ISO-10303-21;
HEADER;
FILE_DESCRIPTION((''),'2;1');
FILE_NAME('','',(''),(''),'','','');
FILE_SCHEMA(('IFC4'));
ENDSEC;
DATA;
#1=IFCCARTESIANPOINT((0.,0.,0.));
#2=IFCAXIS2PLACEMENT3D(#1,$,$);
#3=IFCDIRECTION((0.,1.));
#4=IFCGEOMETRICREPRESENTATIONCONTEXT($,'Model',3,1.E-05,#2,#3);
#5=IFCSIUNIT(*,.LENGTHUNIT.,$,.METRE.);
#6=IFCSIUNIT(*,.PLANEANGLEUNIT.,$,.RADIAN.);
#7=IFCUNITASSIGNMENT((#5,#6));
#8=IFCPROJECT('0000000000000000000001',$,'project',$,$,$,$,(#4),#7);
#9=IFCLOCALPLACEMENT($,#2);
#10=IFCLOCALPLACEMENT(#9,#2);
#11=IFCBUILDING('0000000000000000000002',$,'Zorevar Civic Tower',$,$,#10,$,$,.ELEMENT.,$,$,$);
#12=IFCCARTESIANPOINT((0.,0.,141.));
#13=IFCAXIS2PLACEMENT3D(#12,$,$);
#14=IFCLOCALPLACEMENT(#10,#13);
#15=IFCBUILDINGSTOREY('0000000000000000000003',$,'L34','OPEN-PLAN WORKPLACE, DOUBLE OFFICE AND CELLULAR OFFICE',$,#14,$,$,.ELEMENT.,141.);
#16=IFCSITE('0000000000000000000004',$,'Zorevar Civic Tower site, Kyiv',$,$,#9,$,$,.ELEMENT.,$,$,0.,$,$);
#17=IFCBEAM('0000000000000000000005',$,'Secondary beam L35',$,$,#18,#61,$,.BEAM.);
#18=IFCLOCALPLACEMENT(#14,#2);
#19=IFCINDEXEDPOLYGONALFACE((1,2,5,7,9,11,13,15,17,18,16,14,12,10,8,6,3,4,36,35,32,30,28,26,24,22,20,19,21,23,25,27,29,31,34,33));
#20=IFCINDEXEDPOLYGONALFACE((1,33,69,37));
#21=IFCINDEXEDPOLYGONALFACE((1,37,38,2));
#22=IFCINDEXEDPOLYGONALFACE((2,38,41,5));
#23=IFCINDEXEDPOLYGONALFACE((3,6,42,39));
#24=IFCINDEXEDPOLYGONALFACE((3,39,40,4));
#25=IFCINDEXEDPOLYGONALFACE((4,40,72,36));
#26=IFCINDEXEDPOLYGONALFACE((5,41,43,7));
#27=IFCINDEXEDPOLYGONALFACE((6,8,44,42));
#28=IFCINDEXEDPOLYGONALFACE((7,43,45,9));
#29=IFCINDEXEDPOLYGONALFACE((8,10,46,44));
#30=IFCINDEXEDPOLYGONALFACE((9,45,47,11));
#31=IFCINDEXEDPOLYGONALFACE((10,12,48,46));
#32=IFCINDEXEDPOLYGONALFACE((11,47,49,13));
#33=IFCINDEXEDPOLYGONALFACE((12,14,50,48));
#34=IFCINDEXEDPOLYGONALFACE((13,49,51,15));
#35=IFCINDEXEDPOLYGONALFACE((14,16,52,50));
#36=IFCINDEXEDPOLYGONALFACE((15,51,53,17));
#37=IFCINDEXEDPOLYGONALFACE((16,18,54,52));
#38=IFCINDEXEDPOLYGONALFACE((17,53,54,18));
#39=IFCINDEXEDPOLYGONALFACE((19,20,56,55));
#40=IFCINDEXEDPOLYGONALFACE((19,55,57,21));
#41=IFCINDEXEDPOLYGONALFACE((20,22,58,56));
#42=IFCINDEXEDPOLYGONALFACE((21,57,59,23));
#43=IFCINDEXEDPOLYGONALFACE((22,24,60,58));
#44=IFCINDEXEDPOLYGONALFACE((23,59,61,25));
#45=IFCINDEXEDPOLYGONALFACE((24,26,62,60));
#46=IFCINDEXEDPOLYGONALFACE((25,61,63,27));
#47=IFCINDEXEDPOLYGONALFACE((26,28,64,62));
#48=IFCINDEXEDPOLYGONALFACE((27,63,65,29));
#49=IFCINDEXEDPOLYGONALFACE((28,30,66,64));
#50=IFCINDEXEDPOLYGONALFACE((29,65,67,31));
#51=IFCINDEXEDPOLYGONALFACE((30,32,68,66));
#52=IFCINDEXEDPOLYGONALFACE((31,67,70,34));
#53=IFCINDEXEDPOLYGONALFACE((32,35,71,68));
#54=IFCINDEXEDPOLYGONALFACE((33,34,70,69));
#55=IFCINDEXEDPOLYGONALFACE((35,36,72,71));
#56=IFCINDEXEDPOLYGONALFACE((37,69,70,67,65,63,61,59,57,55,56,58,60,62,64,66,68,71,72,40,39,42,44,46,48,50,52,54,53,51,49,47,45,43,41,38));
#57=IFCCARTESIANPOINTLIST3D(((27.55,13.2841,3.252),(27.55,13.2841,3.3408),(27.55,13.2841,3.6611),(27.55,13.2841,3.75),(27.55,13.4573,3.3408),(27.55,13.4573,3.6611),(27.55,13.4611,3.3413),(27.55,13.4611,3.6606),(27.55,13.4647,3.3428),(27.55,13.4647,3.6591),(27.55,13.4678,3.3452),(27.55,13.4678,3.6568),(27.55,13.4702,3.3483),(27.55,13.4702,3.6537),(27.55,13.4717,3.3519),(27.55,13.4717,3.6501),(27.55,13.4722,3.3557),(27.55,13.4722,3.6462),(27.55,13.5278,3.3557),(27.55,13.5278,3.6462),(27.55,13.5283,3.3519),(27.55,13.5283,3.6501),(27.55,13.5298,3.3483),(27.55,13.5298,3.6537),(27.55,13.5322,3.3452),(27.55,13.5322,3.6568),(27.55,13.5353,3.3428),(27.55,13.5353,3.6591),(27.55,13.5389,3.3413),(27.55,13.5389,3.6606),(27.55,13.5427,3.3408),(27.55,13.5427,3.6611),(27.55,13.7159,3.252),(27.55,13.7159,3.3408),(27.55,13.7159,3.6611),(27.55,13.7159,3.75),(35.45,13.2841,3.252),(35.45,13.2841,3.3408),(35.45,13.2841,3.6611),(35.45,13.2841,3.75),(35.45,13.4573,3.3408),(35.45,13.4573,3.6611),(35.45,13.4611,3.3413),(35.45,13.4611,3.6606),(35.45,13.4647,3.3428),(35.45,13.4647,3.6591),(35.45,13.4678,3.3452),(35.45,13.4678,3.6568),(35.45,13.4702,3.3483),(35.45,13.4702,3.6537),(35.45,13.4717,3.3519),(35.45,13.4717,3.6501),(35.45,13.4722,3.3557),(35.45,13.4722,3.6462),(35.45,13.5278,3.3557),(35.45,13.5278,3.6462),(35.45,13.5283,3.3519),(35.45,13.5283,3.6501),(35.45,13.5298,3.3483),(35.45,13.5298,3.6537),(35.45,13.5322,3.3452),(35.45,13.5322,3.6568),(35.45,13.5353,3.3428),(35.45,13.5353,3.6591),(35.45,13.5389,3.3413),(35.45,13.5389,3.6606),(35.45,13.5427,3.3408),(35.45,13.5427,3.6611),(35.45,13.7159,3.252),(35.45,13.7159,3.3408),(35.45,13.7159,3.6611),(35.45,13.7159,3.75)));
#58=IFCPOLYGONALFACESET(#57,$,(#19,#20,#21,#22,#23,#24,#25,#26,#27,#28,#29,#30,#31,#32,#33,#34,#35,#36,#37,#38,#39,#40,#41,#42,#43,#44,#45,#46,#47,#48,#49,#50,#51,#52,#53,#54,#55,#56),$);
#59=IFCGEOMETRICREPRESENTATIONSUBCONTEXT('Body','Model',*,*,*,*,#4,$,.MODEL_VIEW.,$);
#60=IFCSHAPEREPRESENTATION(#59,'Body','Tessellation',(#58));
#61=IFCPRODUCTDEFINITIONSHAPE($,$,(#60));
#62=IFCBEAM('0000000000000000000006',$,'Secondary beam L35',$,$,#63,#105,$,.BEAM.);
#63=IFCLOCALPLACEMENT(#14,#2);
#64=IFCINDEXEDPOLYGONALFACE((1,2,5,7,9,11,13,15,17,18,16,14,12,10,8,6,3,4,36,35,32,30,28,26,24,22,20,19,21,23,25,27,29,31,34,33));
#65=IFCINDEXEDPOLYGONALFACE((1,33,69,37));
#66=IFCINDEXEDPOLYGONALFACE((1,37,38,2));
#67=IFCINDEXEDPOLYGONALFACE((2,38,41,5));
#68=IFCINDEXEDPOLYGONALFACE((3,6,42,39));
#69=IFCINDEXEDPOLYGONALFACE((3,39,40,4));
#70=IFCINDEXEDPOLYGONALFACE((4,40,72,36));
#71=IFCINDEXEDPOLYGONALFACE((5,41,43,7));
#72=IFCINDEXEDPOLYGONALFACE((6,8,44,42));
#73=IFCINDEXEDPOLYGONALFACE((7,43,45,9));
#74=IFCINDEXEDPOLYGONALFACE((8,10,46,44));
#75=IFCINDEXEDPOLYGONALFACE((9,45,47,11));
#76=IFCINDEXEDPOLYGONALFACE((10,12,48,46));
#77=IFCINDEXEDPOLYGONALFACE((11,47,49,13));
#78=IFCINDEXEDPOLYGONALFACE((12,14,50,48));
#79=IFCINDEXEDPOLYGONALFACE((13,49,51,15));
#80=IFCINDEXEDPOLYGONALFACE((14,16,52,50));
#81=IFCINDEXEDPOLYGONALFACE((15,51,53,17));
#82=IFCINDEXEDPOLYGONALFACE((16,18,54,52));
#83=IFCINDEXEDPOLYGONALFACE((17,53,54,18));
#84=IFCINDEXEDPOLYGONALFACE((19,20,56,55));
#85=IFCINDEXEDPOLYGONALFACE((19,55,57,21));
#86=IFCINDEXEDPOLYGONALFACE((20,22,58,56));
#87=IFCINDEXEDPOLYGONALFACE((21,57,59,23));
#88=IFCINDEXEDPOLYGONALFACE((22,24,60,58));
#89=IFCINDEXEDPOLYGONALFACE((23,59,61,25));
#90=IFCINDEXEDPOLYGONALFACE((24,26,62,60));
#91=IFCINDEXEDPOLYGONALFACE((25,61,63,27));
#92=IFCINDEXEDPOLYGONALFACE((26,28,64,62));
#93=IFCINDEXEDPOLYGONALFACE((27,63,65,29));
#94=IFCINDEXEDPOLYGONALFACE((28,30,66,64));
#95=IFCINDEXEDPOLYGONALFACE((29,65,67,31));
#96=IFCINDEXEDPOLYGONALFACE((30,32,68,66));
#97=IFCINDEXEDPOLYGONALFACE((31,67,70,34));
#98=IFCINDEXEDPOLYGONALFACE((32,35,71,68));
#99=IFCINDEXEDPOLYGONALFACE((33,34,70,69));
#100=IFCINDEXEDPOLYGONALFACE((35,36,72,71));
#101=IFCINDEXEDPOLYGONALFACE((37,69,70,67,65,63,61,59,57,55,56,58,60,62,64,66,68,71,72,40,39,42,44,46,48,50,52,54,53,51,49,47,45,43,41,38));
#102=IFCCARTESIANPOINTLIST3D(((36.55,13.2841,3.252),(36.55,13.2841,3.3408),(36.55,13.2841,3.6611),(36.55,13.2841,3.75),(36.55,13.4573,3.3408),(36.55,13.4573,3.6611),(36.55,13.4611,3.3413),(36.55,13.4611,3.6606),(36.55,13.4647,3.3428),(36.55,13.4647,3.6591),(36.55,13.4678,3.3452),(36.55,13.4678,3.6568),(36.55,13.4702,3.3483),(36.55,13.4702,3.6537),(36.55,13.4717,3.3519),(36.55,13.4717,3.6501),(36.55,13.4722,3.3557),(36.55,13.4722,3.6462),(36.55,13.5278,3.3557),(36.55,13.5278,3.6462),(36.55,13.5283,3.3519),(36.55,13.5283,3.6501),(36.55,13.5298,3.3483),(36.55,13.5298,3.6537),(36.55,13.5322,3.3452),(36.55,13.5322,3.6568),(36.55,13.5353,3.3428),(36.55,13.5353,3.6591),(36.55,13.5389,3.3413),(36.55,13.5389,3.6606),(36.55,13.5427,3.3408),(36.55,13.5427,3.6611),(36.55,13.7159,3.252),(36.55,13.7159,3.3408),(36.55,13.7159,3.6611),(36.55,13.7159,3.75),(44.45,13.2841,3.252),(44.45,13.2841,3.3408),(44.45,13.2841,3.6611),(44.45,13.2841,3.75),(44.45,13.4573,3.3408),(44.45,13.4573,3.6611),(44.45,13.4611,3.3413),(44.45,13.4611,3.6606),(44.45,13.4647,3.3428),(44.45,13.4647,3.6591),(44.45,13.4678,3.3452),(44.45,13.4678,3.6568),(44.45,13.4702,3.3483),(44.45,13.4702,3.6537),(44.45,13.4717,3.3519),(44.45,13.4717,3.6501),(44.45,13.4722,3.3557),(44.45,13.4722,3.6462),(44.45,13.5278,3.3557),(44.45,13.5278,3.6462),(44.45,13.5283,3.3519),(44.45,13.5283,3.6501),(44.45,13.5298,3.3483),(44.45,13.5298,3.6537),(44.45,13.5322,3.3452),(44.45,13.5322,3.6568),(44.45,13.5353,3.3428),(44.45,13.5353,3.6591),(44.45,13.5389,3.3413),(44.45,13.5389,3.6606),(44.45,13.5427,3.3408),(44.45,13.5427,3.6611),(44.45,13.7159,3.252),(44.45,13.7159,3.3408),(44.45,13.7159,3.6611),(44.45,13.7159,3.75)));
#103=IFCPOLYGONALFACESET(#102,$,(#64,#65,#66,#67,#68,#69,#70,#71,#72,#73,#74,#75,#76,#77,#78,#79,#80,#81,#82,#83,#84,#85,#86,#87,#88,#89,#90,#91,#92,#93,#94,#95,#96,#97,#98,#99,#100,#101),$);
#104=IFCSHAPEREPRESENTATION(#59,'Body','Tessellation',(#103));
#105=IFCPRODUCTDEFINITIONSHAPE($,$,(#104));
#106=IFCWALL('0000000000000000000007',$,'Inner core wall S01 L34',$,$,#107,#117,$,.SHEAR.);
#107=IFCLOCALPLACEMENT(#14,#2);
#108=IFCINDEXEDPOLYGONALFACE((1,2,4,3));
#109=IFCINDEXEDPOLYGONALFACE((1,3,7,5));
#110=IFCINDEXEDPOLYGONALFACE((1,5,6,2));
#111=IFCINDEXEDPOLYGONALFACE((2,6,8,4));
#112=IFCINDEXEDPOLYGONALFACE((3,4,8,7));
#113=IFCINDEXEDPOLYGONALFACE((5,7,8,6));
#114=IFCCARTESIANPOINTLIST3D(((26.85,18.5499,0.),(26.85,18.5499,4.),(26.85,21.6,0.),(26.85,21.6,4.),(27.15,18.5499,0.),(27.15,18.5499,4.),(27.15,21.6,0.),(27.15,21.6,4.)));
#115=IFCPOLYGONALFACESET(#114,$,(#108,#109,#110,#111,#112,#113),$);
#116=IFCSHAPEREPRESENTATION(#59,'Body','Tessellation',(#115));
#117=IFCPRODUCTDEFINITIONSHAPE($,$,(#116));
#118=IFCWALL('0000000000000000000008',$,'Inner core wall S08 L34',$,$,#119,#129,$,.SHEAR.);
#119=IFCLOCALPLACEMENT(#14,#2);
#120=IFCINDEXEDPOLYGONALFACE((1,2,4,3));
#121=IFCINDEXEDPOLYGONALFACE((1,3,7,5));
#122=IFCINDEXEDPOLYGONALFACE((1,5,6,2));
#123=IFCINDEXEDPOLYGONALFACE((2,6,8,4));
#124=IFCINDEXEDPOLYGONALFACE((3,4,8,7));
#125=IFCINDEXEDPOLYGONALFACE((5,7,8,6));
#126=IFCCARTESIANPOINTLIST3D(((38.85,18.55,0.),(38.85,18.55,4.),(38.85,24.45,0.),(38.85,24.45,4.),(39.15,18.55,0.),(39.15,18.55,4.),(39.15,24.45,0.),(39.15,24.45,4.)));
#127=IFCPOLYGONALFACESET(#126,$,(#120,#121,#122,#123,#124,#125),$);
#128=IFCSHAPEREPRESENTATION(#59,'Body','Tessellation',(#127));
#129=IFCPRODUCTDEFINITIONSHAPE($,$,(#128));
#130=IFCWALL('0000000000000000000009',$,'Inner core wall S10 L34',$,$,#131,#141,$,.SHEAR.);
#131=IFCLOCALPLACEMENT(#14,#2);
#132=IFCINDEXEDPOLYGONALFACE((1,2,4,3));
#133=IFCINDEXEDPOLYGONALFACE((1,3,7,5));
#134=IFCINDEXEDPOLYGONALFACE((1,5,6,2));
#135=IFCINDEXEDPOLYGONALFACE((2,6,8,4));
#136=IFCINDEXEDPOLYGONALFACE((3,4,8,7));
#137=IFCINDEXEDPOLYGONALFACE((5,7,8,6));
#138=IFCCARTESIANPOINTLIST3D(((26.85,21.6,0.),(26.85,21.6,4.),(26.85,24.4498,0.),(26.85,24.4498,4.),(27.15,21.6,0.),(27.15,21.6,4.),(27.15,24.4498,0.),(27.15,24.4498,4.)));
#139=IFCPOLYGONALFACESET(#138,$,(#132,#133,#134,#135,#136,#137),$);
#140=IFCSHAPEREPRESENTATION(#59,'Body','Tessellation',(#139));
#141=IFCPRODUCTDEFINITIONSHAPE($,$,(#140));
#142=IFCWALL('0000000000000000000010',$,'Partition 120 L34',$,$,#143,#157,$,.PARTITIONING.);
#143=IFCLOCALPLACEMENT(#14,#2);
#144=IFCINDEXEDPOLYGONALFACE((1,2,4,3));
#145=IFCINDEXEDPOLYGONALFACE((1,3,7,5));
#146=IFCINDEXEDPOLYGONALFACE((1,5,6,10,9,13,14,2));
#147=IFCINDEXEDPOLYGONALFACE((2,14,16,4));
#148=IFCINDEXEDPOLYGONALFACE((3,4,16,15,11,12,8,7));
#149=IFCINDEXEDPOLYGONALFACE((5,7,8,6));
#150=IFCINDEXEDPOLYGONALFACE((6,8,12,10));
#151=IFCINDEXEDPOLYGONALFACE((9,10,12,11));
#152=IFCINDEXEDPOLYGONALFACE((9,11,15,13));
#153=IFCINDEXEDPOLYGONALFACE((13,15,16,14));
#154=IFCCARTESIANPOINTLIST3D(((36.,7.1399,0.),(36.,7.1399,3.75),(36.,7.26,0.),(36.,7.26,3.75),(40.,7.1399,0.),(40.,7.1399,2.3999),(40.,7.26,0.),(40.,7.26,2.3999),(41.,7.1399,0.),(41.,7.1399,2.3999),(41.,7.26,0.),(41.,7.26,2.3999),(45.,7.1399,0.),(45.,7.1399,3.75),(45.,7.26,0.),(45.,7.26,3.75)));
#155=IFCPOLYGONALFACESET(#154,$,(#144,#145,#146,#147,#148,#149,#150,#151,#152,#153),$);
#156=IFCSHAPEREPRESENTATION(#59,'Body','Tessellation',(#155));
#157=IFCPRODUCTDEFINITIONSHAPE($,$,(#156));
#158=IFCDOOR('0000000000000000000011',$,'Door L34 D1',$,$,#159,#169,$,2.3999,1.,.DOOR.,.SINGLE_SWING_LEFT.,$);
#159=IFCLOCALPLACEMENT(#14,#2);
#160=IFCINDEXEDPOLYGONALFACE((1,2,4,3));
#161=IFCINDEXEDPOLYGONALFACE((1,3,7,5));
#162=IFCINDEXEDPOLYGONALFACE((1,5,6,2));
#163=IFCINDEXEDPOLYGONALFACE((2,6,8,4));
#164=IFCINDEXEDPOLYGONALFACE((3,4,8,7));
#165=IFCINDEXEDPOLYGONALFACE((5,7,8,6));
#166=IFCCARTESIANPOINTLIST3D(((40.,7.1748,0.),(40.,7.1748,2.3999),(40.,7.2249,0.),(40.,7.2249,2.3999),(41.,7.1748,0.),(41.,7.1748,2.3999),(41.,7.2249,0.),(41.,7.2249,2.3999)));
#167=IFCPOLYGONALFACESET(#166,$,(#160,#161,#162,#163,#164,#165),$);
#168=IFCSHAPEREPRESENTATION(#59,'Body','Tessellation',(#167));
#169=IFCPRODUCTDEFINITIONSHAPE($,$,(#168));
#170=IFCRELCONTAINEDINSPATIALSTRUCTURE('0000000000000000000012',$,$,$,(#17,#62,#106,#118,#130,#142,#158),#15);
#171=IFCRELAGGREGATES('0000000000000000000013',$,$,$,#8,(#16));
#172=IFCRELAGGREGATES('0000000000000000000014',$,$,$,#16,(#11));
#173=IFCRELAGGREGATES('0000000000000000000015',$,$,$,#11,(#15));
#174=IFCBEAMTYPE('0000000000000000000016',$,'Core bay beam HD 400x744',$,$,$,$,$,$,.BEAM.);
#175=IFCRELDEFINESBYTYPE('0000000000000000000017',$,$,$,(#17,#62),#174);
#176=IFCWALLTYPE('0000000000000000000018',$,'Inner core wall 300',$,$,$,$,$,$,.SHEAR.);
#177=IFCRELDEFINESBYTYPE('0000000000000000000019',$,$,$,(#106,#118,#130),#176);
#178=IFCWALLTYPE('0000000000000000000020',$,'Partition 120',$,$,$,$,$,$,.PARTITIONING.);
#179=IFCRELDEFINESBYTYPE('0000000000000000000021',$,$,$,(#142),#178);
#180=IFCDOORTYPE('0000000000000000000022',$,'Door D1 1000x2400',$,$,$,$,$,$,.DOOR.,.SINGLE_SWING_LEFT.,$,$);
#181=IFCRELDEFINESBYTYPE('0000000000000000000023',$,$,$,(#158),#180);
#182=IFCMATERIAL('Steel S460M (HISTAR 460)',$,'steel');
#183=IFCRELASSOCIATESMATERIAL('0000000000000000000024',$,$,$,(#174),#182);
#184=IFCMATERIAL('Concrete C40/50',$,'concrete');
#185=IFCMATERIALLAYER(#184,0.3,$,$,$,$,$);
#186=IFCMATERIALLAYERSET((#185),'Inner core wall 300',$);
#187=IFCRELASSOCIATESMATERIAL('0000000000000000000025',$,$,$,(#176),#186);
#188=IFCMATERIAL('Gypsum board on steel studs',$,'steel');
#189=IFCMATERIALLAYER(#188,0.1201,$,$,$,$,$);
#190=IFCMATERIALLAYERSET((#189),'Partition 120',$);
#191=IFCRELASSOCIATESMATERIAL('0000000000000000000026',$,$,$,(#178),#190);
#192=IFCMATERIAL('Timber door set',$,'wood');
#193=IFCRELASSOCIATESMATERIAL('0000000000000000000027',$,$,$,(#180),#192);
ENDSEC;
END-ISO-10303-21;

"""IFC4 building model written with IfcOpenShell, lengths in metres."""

from ifc_helpers import new_model, si_unit, direction, frame, frame_2d, origin, origin_2d, place, context, subcontext, project, spatial, rectangle, i_section, extrude, material, layer, layer_set, material_profile, profile_set, type_object, element, fill, save


model = new_model("IFC4")

# Units and contexts
model_context = context("Model", 3, precision=1e-05, world=origin(), true_north=direction((0.0, 1.0)))
body_context = subcontext(model_context, "Body", "Model", "MODEL_VIEW")
ifc_project = project(units=[si_unit("LENGTHUNIT", "METRE"), si_unit("PLANEANGLEUNIT", "RADIAN")], contexts=[model_context])

# Site, building, storey
site_placement = place(None, origin())
site = spatial("IfcSite", under=ifc_project, at=site_placement, Name="Zorevar Civic Tower site, Kyiv", CompositionType="ELEMENT", RefElevation=0.0)
building_placement = place(site_placement, origin())
building = spatial("IfcBuilding", under=site, at=building_placement, Name="Zorevar Civic Tower", CompositionType="ELEMENT")
storey_placement = place(building_placement, frame((0.0, 0.0, 141.0)))
storey = spatial("IfcBuildingStorey", under=building, at=storey_placement, Name="L34", Description="OPEN-PLAN WORKPLACE, DOUBLE OFFICE AND CELLULAR OFFICE", CompositionType="ELEMENT", Elevation=141.0)

# Beams
ifc_material_1 = material(Name="Steel S460M (HISTAR 460)", Category="steel")
ifc_material_profile_1 = material_profile(ifc_material_1, i_section(OverallWidth=0.4319, OverallDepth=0.498, WebThickness=0.0557, FlangeThickness=0.0889, FilletRadius=0.0149, at=origin_2d()), Name="HD 400x744")
ifc_profile_set_1 = profile_set([ifc_material_profile_1], Name="Steel S460M (HISTAR 460)")
beam_type_1 = type_object("IfcBeamType", Name="Core bay beam HD 400x744", PredefinedType="BEAM", material=ifc_profile_set_1)
for number, where, z_axis, x_axis, name in (
    (1, (27.55, 13.5, 3.501), (1.0, 0.0, 0.0), (0.0, 1.0, 0.0), "Secondary beam L35"),
    (2, (36.55, 13.5, 3.501), (1.0, 0.0, 0.0), (0.0, 1.0, 0.0), "Secondary beam L35"),
):
    element("IfcBeam", number, at=place(storey_placement, frame(where, z_axis=z_axis, x_axis=x_axis)), inside=storey, type_object=beam_type_1, Name=name, PredefinedType="BEAM", context=body_context, shape_type="SweptSolid", body=[
        extrude(i_section(OverallWidth=0.4319, OverallDepth=0.498, WebThickness=0.0557, FlangeThickness=0.0889, FilletRadius=0.0149, at=origin_2d()), origin(), (0.0, 0.0, 1.0), 7.8999),
    ])

# Walls
ifc_material_2 = material(Name="Concrete C40/50", Category="concrete")
ifc_layer_1 = layer(ifc_material_2, 0.3)
ifc_layer_set_1 = layer_set([ifc_layer_1], Name="Inner core wall 300")
wall_type_1 = type_object("IfcWallType", Name="Inner core wall 300", PredefinedType="SHEAR", material=ifc_layer_set_1)
wall_1_placement = place(storey_placement, frame((27.0, 18.55, 0.0), z_axis=(0.0, 0.0, 1.0), x_axis=(0.0, 1.0, 0.0)))
element("IfcWall", 3, at=wall_1_placement, inside=storey, type_object=wall_type_1, Name="Inner core wall S01 L34", PredefinedType="SHEAR", context=body_context, shape_type="SweptSolid", body=[
    extrude(rectangle(XDim=3.05, YDim=0.3, at=frame_2d((1.5249, 0.0))), origin(), (0.0, 0.0, 1.0), 4.0),
])
wall_2_placement = place(storey_placement, frame((39.0, 18.55, 0.0), z_axis=(0.0, 0.0, 1.0), x_axis=(0.0, 1.0, 0.0)))
element("IfcWall", 4, at=wall_2_placement, inside=storey, type_object=wall_type_1, Name="Inner core wall S08 L34", PredefinedType="SHEAR", context=body_context, shape_type="SweptSolid", body=[
    extrude(rectangle(XDim=5.8999, YDim=0.3, at=frame_2d((2.95, 0.0))), origin(), (0.0, 0.0, 1.0), 4.0),
])
wall_3_placement = place(storey_placement, frame((27.0, 21.6001, 0.0), z_axis=(0.0, 0.0, 1.0), x_axis=(0.0, 1.0, 0.0)))
element("IfcWall", 5, at=wall_3_placement, inside=storey, type_object=wall_type_1, Name="Inner core wall S10 L34", PredefinedType="SHEAR", context=body_context, shape_type="SweptSolid", body=[
    extrude(rectangle(XDim=2.8499, YDim=0.3, at=frame_2d((1.4248, 0.0))), origin(), (0.0, 0.0, 1.0), 4.0),
])

# Wall, opening, door
ifc_material_3 = material(Name="Gypsum board on steel studs", Category="steel")
ifc_layer_2 = layer(ifc_material_3, 0.1201)
ifc_layer_set_2 = layer_set([ifc_layer_2], Name="Partition 120")
wall_type_2 = type_object("IfcWallType", Name="Partition 120", PredefinedType="PARTITIONING", material=ifc_layer_set_2)
wall_4_placement = place(storey_placement, frame((36.0, 7.2, 0.0), z_axis=(0.0, 0.0, 1.0), x_axis=(1.0, 0.0, 0.0)))
wall_4 = element("IfcWall", 6, at=wall_4_placement, inside=storey, type_object=wall_type_2, Name="Partition 120 L34", PredefinedType="PARTITIONING", context=body_context, shape_type="SweptSolid", body=[
    extrude(rectangle(XDim=9.0, YDim=0.1201, at=frame_2d((4.5, 0.0))), origin(), (0.0, 0.0, 1.0), 3.75),
])
opening_1_placement = place(wall_4_placement, frame((4.0, 0.0, 0.0)))
opening_1 = element("IfcOpeningElement", 7, at=opening_1_placement, cuts=wall_4, PredefinedType="OPENING", context=body_context, shape_type="SweptSolid", body=[
    extrude(rectangle(XDim=1.0, YDim=2.3999, at=frame_2d((0.5, 1.2))), frame((0.0, 0.0701, 0.0), z_axis=(0.0, -1.0, 0.0), x_axis=(1.0, 0.0, 0.0)), (0.0, 0.0, 1.0), 0.1401),
])
ifc_material_4 = material(Name="Timber door set", Category="wood")
door_type_1 = type_object("IfcDoorType", Name="Door D1 1000x2400", OperationType="SINGLE_SWING_LEFT", PredefinedType="DOOR", material=ifc_material_4)
door_1_placement = place(opening_1_placement, origin())
door_1 = element("IfcDoor", 8, at=door_1_placement, inside=storey, type_object=door_type_1, Name="Door L34 D1", OperationType="SINGLE_SWING_LEFT", OverallHeight=2.3999, OverallWidth=1.0, PredefinedType="DOOR", context=body_context, shape_type="SweptSolid", body=[
    extrude(rectangle(XDim=1.0, YDim=2.3999, at=frame_2d((0.5, 1.2))), frame((0.0, 0.0249, 0.0), z_axis=(0.0, -1.0, 0.0), x_axis=(1.0, 0.0, 0.0)), (0.0, 0.0, 1.0), 0.05),
])
fill(opening_1, door_1)

save(model, "model.ifc")
